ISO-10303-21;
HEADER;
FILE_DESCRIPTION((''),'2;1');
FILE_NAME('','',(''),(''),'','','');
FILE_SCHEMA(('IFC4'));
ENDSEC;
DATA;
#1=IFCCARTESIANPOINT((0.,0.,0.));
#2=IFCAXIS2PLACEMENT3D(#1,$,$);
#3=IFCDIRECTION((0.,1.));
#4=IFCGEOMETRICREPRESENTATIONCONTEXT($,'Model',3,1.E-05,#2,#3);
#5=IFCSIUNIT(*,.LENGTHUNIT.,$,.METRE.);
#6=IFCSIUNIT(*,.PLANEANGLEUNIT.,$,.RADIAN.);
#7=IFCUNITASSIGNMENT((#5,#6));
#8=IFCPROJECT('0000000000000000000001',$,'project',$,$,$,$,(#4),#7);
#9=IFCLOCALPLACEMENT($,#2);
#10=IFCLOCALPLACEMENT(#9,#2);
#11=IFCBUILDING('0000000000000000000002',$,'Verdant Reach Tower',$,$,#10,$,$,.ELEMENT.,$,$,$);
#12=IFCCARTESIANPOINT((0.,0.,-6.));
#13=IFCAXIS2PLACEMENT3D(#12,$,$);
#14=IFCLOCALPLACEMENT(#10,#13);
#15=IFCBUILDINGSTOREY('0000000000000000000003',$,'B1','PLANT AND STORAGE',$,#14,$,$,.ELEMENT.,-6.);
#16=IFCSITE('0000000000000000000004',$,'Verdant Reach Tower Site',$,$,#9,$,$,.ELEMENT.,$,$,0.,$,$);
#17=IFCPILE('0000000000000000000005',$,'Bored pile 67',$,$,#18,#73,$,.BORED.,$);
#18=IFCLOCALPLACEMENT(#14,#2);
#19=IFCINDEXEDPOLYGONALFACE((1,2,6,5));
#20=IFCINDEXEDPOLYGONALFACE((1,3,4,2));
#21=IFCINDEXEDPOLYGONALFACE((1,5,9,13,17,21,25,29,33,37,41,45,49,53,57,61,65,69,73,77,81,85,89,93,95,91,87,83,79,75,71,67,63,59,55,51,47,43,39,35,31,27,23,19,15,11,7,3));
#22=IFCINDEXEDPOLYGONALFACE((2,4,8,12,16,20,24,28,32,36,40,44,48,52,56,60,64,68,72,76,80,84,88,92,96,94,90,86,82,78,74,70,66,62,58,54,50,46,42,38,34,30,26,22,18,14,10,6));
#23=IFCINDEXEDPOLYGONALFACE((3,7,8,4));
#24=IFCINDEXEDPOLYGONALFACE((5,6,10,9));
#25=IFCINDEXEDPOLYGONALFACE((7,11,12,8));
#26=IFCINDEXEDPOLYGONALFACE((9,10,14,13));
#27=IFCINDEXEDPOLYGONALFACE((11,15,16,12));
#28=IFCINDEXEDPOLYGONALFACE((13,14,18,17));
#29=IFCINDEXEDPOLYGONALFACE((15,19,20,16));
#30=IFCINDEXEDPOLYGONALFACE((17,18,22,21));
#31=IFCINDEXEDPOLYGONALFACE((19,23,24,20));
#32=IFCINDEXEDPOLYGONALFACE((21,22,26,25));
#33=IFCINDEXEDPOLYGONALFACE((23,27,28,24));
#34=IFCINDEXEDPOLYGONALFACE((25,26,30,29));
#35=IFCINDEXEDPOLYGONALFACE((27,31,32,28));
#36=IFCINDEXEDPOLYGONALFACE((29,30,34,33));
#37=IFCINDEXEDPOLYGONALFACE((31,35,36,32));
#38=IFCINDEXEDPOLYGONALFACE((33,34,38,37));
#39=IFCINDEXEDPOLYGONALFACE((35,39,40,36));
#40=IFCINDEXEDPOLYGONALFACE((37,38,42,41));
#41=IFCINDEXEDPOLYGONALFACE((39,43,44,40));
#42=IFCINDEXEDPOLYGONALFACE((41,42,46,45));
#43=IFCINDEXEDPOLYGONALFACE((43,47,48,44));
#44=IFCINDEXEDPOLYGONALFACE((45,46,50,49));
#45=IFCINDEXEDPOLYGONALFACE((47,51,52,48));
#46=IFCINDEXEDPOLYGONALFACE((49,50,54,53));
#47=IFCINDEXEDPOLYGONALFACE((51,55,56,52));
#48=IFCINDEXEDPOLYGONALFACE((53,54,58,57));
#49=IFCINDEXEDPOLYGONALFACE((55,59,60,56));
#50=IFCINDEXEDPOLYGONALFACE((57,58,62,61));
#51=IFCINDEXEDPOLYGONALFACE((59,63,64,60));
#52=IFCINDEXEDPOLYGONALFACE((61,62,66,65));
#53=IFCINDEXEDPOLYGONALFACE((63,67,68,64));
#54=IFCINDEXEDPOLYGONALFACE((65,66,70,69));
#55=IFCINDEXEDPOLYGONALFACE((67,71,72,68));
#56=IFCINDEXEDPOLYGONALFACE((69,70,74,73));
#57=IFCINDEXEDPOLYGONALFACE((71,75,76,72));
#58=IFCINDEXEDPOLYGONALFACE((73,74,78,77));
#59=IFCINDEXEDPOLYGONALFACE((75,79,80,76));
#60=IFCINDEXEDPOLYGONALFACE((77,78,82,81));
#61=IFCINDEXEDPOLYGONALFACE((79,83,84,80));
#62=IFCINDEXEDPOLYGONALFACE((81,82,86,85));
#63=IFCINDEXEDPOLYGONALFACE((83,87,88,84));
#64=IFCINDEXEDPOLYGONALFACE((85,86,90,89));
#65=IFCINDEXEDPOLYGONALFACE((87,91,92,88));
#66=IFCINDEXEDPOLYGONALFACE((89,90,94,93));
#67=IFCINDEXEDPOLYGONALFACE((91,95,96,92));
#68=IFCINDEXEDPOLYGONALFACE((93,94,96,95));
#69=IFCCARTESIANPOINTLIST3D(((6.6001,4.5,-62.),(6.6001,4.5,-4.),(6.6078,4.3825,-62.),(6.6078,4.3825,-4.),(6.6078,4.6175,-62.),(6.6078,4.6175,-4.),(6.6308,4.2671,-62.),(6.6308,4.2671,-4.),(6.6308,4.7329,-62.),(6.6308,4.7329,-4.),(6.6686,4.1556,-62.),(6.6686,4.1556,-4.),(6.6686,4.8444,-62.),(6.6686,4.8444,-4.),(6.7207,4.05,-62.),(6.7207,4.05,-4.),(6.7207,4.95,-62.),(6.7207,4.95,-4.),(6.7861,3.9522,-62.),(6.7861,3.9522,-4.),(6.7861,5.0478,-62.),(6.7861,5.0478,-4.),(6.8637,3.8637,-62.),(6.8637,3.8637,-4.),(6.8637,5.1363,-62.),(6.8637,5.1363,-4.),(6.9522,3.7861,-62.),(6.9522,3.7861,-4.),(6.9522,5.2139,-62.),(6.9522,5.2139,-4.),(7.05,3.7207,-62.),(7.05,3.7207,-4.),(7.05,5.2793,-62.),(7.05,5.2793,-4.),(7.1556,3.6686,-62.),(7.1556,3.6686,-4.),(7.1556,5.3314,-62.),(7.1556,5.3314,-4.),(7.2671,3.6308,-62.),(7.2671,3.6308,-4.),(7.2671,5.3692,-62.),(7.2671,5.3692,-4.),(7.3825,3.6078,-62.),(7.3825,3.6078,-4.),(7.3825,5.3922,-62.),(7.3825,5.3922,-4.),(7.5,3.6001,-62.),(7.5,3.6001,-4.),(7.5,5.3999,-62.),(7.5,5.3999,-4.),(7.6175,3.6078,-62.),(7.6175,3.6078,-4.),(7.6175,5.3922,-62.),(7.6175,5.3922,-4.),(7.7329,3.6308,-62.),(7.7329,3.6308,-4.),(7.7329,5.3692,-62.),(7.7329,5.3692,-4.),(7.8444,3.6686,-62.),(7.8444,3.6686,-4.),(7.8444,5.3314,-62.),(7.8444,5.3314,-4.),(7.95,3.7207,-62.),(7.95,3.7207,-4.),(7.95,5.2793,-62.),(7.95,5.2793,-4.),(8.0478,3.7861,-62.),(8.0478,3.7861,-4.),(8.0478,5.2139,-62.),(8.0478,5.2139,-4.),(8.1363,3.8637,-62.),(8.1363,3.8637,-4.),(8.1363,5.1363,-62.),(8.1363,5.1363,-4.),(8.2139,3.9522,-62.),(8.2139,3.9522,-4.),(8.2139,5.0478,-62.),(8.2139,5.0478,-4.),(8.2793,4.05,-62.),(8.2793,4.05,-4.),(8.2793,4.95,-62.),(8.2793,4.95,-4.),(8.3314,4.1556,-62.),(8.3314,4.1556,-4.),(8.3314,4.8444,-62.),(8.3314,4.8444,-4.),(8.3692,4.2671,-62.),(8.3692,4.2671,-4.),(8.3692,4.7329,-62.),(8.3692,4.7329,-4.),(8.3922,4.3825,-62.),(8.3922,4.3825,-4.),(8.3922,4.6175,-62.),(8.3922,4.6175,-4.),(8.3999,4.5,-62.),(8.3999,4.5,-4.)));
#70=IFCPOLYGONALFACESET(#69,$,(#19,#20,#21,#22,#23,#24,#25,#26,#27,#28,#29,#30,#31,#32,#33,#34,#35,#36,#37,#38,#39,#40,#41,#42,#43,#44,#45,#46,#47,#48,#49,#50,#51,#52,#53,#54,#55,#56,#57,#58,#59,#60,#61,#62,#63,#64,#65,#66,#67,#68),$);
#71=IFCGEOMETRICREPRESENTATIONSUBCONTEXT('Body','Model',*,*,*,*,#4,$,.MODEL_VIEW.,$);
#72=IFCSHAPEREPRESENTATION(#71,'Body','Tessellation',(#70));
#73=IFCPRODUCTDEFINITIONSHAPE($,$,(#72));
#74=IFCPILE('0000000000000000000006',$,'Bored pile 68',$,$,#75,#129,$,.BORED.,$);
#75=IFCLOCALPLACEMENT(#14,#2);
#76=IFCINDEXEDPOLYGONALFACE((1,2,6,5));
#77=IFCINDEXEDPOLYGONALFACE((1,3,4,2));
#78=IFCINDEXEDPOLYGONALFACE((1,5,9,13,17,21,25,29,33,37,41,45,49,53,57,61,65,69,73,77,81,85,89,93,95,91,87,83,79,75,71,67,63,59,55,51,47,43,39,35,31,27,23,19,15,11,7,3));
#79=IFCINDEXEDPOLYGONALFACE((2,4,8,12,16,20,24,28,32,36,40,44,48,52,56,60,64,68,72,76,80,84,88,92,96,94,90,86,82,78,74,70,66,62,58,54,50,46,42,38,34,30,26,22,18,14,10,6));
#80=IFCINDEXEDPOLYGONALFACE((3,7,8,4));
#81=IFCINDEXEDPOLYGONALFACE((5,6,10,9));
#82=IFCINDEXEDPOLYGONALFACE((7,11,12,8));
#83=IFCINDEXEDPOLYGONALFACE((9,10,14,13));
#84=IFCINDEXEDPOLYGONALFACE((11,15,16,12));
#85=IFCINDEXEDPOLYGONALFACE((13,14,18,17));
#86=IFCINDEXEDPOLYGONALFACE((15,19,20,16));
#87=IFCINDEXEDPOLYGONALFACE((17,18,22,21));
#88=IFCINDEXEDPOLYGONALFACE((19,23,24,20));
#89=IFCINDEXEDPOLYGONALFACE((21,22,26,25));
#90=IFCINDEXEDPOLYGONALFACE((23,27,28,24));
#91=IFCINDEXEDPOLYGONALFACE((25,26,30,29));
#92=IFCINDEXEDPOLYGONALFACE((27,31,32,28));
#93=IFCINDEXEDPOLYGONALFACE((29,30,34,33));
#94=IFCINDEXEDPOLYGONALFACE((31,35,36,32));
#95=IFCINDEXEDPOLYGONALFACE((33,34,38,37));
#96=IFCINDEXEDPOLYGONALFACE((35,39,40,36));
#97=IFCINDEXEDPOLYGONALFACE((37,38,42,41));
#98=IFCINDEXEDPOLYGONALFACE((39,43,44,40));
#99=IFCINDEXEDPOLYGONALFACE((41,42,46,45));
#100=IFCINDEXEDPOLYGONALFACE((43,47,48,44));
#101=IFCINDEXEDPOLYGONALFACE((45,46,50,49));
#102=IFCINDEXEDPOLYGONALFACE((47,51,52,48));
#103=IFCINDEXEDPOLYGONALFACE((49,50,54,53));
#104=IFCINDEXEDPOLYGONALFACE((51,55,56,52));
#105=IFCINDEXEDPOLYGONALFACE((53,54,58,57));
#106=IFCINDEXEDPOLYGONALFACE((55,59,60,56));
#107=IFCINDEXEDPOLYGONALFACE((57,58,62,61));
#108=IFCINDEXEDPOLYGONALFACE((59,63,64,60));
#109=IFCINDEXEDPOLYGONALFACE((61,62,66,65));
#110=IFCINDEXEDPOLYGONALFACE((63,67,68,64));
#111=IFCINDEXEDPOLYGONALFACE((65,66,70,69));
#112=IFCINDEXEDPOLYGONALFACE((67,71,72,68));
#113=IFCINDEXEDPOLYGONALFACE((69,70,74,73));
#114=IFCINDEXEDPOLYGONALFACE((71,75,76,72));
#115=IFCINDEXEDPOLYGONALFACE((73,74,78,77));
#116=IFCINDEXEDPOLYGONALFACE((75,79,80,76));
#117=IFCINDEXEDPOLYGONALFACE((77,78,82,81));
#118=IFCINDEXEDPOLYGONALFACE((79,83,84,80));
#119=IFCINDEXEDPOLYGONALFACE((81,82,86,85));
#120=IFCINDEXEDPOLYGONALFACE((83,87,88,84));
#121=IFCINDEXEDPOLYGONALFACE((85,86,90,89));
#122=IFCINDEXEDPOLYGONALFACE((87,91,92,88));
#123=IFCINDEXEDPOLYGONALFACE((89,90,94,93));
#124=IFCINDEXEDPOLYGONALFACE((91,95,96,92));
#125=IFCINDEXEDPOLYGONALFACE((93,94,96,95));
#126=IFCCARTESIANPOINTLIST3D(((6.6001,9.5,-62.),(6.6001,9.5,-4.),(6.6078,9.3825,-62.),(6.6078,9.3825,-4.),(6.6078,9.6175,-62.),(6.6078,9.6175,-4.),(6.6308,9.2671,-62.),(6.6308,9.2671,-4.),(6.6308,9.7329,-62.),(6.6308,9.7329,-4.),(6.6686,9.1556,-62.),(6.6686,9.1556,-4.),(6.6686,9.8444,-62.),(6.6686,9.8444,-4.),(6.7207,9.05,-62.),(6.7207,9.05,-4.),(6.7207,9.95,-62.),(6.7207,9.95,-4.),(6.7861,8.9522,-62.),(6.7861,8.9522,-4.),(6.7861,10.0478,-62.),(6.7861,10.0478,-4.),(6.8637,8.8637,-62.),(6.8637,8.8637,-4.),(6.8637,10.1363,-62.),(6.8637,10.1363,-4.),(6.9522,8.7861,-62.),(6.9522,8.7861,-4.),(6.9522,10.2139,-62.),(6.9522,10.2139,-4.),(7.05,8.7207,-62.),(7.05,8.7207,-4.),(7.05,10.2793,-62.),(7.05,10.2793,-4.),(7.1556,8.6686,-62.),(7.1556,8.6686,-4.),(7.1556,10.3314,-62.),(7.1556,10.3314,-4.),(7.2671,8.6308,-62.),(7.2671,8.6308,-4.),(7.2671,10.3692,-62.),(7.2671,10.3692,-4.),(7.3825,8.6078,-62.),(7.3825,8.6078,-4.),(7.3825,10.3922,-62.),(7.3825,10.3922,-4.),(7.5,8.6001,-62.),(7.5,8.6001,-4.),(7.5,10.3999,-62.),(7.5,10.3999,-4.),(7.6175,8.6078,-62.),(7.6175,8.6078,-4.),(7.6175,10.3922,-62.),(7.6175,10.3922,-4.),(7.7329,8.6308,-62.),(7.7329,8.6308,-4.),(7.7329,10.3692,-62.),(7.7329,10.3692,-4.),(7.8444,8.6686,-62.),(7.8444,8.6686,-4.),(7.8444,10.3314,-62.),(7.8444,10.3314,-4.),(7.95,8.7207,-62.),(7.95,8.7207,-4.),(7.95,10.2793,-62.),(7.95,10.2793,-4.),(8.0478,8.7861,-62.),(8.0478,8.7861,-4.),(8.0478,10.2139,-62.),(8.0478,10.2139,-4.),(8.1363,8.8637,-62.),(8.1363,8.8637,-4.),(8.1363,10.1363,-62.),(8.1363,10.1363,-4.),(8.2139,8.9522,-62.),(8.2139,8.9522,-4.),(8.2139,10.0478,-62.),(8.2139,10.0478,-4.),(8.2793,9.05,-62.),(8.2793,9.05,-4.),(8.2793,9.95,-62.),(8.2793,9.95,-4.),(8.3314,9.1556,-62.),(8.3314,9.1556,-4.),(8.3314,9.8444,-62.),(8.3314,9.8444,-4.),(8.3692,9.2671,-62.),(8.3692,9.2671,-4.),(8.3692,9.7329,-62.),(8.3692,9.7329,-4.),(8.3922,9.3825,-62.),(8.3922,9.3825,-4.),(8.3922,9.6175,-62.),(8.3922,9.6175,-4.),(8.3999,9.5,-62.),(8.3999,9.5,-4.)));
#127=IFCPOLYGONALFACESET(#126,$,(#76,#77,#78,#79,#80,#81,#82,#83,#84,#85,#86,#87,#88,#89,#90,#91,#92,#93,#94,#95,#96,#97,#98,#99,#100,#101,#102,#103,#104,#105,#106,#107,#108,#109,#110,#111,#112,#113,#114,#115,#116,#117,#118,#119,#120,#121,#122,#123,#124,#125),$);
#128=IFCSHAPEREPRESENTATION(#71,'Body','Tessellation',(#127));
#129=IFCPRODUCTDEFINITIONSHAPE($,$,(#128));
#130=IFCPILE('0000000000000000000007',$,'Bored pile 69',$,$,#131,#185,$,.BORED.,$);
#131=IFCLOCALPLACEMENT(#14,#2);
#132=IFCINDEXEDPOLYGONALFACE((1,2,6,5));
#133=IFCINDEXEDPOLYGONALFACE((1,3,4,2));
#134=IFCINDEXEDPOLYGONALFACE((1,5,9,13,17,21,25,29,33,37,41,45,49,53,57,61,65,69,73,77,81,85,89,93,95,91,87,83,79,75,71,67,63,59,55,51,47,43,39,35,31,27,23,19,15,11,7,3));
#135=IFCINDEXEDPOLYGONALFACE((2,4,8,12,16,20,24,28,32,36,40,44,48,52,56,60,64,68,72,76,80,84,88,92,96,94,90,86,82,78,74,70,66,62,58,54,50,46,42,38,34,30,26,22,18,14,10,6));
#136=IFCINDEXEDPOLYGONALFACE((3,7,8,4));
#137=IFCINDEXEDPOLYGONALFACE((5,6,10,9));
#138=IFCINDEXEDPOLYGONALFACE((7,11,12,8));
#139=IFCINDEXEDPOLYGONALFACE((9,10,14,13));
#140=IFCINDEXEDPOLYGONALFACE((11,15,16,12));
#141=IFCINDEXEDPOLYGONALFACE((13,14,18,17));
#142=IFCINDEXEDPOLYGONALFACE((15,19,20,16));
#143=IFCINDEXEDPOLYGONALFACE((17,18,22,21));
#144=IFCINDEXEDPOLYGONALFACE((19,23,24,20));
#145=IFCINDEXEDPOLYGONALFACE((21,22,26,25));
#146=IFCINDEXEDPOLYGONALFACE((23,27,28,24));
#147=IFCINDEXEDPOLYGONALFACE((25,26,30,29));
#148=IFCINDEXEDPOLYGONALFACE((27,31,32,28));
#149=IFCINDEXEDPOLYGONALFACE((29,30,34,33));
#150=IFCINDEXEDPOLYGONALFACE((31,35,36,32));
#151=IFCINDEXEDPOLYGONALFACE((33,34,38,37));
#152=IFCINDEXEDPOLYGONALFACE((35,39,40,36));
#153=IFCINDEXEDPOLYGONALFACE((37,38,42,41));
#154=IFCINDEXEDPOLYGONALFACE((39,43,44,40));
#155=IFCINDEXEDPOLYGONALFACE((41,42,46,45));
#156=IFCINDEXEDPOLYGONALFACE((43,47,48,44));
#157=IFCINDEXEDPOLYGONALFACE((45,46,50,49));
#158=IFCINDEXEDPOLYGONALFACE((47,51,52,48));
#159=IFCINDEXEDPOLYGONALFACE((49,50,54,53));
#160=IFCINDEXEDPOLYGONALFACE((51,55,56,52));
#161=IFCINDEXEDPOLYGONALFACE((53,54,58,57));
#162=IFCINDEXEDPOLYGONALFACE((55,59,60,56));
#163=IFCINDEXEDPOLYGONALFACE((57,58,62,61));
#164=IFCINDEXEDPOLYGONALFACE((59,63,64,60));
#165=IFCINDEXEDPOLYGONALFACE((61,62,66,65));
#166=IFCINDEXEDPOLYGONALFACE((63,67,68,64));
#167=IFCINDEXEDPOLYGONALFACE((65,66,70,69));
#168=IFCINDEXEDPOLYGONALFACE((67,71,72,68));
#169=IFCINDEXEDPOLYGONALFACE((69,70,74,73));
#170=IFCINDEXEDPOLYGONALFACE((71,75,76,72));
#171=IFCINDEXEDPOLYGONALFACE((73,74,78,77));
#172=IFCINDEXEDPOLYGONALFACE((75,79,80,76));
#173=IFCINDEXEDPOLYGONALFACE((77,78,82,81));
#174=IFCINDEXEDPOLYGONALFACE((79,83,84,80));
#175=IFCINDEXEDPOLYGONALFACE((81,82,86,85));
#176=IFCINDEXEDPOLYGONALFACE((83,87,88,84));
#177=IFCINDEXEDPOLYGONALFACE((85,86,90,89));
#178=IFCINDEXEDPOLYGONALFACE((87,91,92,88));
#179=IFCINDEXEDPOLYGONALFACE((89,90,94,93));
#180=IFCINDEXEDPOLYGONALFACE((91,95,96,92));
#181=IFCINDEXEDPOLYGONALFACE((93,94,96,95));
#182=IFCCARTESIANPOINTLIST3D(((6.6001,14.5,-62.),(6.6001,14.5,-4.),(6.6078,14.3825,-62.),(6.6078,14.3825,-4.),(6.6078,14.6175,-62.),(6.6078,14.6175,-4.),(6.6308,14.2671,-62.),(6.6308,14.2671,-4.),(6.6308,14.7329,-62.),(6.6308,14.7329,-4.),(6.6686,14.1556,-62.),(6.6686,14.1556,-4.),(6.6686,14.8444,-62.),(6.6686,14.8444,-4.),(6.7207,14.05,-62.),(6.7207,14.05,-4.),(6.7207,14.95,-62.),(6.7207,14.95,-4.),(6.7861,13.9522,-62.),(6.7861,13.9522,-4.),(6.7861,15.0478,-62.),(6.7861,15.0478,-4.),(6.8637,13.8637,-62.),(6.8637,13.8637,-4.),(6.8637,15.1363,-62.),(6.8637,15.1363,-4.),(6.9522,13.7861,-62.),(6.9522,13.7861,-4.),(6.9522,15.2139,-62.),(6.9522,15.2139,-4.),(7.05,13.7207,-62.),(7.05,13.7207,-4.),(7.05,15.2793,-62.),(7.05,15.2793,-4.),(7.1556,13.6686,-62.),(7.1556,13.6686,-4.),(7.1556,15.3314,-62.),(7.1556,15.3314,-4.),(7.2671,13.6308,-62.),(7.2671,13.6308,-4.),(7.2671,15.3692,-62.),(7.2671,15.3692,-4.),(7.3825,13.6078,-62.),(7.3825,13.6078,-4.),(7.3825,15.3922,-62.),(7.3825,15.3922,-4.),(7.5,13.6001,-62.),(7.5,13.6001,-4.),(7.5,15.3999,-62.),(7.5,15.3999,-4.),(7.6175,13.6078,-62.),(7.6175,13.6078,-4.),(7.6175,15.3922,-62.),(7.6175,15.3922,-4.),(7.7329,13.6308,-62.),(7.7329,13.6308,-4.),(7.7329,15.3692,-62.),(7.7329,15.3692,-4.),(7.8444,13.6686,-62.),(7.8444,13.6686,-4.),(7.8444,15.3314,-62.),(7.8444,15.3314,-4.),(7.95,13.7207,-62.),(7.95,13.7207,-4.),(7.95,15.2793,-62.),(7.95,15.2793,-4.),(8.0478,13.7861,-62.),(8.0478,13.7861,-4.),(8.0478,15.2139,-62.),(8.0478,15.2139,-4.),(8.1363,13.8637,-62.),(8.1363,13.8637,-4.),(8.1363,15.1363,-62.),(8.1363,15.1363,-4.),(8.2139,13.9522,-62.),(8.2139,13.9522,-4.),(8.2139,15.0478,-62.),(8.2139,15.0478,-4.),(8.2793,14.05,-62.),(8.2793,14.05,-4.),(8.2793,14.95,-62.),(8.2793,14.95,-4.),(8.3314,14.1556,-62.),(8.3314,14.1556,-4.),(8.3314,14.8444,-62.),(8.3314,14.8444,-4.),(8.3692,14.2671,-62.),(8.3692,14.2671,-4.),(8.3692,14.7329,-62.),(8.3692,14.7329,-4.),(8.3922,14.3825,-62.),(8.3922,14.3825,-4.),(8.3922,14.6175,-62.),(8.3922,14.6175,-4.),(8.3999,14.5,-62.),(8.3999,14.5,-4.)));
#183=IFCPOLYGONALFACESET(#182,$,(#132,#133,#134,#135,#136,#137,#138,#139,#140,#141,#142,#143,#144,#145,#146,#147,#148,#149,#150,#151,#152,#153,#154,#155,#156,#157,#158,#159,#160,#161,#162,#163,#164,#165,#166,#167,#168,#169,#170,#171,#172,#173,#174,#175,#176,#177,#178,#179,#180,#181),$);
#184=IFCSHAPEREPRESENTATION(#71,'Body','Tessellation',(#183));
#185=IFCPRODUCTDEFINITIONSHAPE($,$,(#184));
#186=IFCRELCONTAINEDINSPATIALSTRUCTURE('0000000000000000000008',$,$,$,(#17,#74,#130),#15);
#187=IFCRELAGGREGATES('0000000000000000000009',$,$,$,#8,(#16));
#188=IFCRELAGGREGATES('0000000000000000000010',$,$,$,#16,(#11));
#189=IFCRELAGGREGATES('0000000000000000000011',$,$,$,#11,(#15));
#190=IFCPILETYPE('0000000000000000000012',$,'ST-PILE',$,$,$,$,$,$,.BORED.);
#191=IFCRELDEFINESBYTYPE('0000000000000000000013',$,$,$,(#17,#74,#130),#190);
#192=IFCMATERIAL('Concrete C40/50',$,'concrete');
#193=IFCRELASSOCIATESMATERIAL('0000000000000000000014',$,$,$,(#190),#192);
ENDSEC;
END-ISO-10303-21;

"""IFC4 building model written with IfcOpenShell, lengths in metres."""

from ifc_helpers import new_model, si_unit, direction, frame, origin, origin_2d, place, context, subcontext, project, spatial, circle, extrude, material, material_profile, profile_set, type_object, element, save


model = new_model("IFC4")

# Units and contexts
model_context = context("Model", 3, precision=1e-05, world=origin(), true_north=direction((0.0, 1.0)))
body_context = subcontext(model_context, "Body", "Model", "MODEL_VIEW")
ifc_project = project(units=[si_unit("LENGTHUNIT", "METRE"), si_unit("PLANEANGLEUNIT", "RADIAN")], contexts=[model_context])

# Site, building, storey
site_placement = place(None, origin())
site = spatial("IfcSite", under=ifc_project, at=site_placement, Name="Verdant Reach Tower Site", CompositionType="ELEMENT", RefElevation=0.0)
building_placement = place(site_placement, origin())
building = spatial("IfcBuilding", under=site, at=building_placement, Name="Verdant Reach Tower", CompositionType="ELEMENT")
storey_placement = place(building_placement, frame((0.0, 0.0, -6.0)))
storey = spatial("IfcBuildingStorey", under=building, at=storey_placement, Name="B1", Description="PLANT AND STORAGE", CompositionType="ELEMENT", Elevation=-6.0)

# Piles
ifc_material_1 = material(Name="Concrete C40/50", Category="concrete")
ifc_material_profile_1 = material_profile(ifc_material_1, circle(Radius=0.8999, at=origin_2d()), Name="BP 1800")
ifc_profile_set_1 = profile_set([ifc_material_profile_1], Name="Concrete C40/50")
pile_type = type_object("IfcPileType", Name="ST-PILE", PredefinedType="BORED", material=ifc_profile_set_1)
for number, where, z_axis, x_axis, name in (
    (1, (7.5, 4.5, -4.0), (0.0, 0.0, -1.0), (1.0, 0.0, 0.0), "Bored pile 67"),
    (2, (7.5, 9.5, -4.0), (0.0, 0.0, -1.0), (1.0, 0.0, 0.0), "Bored pile 68"),
    (3, (7.5, 14.5, -4.0), (0.0, 0.0, -1.0), (1.0, 0.0, 0.0), "Bored pile 69"),
):
    element("IfcPile", number, at=place(storey_placement, frame(where, z_axis=z_axis, x_axis=x_axis)), inside=storey, type_object=pile_type, Name=name, PredefinedType="BORED", context=body_context, shape_type="SweptSolid", body=[
        extrude(circle(Radius=0.8999, at=origin_2d()), origin(), (0.0, 0.0, 1.0), 58.0),
    ])

save(model, "model.ifc")
